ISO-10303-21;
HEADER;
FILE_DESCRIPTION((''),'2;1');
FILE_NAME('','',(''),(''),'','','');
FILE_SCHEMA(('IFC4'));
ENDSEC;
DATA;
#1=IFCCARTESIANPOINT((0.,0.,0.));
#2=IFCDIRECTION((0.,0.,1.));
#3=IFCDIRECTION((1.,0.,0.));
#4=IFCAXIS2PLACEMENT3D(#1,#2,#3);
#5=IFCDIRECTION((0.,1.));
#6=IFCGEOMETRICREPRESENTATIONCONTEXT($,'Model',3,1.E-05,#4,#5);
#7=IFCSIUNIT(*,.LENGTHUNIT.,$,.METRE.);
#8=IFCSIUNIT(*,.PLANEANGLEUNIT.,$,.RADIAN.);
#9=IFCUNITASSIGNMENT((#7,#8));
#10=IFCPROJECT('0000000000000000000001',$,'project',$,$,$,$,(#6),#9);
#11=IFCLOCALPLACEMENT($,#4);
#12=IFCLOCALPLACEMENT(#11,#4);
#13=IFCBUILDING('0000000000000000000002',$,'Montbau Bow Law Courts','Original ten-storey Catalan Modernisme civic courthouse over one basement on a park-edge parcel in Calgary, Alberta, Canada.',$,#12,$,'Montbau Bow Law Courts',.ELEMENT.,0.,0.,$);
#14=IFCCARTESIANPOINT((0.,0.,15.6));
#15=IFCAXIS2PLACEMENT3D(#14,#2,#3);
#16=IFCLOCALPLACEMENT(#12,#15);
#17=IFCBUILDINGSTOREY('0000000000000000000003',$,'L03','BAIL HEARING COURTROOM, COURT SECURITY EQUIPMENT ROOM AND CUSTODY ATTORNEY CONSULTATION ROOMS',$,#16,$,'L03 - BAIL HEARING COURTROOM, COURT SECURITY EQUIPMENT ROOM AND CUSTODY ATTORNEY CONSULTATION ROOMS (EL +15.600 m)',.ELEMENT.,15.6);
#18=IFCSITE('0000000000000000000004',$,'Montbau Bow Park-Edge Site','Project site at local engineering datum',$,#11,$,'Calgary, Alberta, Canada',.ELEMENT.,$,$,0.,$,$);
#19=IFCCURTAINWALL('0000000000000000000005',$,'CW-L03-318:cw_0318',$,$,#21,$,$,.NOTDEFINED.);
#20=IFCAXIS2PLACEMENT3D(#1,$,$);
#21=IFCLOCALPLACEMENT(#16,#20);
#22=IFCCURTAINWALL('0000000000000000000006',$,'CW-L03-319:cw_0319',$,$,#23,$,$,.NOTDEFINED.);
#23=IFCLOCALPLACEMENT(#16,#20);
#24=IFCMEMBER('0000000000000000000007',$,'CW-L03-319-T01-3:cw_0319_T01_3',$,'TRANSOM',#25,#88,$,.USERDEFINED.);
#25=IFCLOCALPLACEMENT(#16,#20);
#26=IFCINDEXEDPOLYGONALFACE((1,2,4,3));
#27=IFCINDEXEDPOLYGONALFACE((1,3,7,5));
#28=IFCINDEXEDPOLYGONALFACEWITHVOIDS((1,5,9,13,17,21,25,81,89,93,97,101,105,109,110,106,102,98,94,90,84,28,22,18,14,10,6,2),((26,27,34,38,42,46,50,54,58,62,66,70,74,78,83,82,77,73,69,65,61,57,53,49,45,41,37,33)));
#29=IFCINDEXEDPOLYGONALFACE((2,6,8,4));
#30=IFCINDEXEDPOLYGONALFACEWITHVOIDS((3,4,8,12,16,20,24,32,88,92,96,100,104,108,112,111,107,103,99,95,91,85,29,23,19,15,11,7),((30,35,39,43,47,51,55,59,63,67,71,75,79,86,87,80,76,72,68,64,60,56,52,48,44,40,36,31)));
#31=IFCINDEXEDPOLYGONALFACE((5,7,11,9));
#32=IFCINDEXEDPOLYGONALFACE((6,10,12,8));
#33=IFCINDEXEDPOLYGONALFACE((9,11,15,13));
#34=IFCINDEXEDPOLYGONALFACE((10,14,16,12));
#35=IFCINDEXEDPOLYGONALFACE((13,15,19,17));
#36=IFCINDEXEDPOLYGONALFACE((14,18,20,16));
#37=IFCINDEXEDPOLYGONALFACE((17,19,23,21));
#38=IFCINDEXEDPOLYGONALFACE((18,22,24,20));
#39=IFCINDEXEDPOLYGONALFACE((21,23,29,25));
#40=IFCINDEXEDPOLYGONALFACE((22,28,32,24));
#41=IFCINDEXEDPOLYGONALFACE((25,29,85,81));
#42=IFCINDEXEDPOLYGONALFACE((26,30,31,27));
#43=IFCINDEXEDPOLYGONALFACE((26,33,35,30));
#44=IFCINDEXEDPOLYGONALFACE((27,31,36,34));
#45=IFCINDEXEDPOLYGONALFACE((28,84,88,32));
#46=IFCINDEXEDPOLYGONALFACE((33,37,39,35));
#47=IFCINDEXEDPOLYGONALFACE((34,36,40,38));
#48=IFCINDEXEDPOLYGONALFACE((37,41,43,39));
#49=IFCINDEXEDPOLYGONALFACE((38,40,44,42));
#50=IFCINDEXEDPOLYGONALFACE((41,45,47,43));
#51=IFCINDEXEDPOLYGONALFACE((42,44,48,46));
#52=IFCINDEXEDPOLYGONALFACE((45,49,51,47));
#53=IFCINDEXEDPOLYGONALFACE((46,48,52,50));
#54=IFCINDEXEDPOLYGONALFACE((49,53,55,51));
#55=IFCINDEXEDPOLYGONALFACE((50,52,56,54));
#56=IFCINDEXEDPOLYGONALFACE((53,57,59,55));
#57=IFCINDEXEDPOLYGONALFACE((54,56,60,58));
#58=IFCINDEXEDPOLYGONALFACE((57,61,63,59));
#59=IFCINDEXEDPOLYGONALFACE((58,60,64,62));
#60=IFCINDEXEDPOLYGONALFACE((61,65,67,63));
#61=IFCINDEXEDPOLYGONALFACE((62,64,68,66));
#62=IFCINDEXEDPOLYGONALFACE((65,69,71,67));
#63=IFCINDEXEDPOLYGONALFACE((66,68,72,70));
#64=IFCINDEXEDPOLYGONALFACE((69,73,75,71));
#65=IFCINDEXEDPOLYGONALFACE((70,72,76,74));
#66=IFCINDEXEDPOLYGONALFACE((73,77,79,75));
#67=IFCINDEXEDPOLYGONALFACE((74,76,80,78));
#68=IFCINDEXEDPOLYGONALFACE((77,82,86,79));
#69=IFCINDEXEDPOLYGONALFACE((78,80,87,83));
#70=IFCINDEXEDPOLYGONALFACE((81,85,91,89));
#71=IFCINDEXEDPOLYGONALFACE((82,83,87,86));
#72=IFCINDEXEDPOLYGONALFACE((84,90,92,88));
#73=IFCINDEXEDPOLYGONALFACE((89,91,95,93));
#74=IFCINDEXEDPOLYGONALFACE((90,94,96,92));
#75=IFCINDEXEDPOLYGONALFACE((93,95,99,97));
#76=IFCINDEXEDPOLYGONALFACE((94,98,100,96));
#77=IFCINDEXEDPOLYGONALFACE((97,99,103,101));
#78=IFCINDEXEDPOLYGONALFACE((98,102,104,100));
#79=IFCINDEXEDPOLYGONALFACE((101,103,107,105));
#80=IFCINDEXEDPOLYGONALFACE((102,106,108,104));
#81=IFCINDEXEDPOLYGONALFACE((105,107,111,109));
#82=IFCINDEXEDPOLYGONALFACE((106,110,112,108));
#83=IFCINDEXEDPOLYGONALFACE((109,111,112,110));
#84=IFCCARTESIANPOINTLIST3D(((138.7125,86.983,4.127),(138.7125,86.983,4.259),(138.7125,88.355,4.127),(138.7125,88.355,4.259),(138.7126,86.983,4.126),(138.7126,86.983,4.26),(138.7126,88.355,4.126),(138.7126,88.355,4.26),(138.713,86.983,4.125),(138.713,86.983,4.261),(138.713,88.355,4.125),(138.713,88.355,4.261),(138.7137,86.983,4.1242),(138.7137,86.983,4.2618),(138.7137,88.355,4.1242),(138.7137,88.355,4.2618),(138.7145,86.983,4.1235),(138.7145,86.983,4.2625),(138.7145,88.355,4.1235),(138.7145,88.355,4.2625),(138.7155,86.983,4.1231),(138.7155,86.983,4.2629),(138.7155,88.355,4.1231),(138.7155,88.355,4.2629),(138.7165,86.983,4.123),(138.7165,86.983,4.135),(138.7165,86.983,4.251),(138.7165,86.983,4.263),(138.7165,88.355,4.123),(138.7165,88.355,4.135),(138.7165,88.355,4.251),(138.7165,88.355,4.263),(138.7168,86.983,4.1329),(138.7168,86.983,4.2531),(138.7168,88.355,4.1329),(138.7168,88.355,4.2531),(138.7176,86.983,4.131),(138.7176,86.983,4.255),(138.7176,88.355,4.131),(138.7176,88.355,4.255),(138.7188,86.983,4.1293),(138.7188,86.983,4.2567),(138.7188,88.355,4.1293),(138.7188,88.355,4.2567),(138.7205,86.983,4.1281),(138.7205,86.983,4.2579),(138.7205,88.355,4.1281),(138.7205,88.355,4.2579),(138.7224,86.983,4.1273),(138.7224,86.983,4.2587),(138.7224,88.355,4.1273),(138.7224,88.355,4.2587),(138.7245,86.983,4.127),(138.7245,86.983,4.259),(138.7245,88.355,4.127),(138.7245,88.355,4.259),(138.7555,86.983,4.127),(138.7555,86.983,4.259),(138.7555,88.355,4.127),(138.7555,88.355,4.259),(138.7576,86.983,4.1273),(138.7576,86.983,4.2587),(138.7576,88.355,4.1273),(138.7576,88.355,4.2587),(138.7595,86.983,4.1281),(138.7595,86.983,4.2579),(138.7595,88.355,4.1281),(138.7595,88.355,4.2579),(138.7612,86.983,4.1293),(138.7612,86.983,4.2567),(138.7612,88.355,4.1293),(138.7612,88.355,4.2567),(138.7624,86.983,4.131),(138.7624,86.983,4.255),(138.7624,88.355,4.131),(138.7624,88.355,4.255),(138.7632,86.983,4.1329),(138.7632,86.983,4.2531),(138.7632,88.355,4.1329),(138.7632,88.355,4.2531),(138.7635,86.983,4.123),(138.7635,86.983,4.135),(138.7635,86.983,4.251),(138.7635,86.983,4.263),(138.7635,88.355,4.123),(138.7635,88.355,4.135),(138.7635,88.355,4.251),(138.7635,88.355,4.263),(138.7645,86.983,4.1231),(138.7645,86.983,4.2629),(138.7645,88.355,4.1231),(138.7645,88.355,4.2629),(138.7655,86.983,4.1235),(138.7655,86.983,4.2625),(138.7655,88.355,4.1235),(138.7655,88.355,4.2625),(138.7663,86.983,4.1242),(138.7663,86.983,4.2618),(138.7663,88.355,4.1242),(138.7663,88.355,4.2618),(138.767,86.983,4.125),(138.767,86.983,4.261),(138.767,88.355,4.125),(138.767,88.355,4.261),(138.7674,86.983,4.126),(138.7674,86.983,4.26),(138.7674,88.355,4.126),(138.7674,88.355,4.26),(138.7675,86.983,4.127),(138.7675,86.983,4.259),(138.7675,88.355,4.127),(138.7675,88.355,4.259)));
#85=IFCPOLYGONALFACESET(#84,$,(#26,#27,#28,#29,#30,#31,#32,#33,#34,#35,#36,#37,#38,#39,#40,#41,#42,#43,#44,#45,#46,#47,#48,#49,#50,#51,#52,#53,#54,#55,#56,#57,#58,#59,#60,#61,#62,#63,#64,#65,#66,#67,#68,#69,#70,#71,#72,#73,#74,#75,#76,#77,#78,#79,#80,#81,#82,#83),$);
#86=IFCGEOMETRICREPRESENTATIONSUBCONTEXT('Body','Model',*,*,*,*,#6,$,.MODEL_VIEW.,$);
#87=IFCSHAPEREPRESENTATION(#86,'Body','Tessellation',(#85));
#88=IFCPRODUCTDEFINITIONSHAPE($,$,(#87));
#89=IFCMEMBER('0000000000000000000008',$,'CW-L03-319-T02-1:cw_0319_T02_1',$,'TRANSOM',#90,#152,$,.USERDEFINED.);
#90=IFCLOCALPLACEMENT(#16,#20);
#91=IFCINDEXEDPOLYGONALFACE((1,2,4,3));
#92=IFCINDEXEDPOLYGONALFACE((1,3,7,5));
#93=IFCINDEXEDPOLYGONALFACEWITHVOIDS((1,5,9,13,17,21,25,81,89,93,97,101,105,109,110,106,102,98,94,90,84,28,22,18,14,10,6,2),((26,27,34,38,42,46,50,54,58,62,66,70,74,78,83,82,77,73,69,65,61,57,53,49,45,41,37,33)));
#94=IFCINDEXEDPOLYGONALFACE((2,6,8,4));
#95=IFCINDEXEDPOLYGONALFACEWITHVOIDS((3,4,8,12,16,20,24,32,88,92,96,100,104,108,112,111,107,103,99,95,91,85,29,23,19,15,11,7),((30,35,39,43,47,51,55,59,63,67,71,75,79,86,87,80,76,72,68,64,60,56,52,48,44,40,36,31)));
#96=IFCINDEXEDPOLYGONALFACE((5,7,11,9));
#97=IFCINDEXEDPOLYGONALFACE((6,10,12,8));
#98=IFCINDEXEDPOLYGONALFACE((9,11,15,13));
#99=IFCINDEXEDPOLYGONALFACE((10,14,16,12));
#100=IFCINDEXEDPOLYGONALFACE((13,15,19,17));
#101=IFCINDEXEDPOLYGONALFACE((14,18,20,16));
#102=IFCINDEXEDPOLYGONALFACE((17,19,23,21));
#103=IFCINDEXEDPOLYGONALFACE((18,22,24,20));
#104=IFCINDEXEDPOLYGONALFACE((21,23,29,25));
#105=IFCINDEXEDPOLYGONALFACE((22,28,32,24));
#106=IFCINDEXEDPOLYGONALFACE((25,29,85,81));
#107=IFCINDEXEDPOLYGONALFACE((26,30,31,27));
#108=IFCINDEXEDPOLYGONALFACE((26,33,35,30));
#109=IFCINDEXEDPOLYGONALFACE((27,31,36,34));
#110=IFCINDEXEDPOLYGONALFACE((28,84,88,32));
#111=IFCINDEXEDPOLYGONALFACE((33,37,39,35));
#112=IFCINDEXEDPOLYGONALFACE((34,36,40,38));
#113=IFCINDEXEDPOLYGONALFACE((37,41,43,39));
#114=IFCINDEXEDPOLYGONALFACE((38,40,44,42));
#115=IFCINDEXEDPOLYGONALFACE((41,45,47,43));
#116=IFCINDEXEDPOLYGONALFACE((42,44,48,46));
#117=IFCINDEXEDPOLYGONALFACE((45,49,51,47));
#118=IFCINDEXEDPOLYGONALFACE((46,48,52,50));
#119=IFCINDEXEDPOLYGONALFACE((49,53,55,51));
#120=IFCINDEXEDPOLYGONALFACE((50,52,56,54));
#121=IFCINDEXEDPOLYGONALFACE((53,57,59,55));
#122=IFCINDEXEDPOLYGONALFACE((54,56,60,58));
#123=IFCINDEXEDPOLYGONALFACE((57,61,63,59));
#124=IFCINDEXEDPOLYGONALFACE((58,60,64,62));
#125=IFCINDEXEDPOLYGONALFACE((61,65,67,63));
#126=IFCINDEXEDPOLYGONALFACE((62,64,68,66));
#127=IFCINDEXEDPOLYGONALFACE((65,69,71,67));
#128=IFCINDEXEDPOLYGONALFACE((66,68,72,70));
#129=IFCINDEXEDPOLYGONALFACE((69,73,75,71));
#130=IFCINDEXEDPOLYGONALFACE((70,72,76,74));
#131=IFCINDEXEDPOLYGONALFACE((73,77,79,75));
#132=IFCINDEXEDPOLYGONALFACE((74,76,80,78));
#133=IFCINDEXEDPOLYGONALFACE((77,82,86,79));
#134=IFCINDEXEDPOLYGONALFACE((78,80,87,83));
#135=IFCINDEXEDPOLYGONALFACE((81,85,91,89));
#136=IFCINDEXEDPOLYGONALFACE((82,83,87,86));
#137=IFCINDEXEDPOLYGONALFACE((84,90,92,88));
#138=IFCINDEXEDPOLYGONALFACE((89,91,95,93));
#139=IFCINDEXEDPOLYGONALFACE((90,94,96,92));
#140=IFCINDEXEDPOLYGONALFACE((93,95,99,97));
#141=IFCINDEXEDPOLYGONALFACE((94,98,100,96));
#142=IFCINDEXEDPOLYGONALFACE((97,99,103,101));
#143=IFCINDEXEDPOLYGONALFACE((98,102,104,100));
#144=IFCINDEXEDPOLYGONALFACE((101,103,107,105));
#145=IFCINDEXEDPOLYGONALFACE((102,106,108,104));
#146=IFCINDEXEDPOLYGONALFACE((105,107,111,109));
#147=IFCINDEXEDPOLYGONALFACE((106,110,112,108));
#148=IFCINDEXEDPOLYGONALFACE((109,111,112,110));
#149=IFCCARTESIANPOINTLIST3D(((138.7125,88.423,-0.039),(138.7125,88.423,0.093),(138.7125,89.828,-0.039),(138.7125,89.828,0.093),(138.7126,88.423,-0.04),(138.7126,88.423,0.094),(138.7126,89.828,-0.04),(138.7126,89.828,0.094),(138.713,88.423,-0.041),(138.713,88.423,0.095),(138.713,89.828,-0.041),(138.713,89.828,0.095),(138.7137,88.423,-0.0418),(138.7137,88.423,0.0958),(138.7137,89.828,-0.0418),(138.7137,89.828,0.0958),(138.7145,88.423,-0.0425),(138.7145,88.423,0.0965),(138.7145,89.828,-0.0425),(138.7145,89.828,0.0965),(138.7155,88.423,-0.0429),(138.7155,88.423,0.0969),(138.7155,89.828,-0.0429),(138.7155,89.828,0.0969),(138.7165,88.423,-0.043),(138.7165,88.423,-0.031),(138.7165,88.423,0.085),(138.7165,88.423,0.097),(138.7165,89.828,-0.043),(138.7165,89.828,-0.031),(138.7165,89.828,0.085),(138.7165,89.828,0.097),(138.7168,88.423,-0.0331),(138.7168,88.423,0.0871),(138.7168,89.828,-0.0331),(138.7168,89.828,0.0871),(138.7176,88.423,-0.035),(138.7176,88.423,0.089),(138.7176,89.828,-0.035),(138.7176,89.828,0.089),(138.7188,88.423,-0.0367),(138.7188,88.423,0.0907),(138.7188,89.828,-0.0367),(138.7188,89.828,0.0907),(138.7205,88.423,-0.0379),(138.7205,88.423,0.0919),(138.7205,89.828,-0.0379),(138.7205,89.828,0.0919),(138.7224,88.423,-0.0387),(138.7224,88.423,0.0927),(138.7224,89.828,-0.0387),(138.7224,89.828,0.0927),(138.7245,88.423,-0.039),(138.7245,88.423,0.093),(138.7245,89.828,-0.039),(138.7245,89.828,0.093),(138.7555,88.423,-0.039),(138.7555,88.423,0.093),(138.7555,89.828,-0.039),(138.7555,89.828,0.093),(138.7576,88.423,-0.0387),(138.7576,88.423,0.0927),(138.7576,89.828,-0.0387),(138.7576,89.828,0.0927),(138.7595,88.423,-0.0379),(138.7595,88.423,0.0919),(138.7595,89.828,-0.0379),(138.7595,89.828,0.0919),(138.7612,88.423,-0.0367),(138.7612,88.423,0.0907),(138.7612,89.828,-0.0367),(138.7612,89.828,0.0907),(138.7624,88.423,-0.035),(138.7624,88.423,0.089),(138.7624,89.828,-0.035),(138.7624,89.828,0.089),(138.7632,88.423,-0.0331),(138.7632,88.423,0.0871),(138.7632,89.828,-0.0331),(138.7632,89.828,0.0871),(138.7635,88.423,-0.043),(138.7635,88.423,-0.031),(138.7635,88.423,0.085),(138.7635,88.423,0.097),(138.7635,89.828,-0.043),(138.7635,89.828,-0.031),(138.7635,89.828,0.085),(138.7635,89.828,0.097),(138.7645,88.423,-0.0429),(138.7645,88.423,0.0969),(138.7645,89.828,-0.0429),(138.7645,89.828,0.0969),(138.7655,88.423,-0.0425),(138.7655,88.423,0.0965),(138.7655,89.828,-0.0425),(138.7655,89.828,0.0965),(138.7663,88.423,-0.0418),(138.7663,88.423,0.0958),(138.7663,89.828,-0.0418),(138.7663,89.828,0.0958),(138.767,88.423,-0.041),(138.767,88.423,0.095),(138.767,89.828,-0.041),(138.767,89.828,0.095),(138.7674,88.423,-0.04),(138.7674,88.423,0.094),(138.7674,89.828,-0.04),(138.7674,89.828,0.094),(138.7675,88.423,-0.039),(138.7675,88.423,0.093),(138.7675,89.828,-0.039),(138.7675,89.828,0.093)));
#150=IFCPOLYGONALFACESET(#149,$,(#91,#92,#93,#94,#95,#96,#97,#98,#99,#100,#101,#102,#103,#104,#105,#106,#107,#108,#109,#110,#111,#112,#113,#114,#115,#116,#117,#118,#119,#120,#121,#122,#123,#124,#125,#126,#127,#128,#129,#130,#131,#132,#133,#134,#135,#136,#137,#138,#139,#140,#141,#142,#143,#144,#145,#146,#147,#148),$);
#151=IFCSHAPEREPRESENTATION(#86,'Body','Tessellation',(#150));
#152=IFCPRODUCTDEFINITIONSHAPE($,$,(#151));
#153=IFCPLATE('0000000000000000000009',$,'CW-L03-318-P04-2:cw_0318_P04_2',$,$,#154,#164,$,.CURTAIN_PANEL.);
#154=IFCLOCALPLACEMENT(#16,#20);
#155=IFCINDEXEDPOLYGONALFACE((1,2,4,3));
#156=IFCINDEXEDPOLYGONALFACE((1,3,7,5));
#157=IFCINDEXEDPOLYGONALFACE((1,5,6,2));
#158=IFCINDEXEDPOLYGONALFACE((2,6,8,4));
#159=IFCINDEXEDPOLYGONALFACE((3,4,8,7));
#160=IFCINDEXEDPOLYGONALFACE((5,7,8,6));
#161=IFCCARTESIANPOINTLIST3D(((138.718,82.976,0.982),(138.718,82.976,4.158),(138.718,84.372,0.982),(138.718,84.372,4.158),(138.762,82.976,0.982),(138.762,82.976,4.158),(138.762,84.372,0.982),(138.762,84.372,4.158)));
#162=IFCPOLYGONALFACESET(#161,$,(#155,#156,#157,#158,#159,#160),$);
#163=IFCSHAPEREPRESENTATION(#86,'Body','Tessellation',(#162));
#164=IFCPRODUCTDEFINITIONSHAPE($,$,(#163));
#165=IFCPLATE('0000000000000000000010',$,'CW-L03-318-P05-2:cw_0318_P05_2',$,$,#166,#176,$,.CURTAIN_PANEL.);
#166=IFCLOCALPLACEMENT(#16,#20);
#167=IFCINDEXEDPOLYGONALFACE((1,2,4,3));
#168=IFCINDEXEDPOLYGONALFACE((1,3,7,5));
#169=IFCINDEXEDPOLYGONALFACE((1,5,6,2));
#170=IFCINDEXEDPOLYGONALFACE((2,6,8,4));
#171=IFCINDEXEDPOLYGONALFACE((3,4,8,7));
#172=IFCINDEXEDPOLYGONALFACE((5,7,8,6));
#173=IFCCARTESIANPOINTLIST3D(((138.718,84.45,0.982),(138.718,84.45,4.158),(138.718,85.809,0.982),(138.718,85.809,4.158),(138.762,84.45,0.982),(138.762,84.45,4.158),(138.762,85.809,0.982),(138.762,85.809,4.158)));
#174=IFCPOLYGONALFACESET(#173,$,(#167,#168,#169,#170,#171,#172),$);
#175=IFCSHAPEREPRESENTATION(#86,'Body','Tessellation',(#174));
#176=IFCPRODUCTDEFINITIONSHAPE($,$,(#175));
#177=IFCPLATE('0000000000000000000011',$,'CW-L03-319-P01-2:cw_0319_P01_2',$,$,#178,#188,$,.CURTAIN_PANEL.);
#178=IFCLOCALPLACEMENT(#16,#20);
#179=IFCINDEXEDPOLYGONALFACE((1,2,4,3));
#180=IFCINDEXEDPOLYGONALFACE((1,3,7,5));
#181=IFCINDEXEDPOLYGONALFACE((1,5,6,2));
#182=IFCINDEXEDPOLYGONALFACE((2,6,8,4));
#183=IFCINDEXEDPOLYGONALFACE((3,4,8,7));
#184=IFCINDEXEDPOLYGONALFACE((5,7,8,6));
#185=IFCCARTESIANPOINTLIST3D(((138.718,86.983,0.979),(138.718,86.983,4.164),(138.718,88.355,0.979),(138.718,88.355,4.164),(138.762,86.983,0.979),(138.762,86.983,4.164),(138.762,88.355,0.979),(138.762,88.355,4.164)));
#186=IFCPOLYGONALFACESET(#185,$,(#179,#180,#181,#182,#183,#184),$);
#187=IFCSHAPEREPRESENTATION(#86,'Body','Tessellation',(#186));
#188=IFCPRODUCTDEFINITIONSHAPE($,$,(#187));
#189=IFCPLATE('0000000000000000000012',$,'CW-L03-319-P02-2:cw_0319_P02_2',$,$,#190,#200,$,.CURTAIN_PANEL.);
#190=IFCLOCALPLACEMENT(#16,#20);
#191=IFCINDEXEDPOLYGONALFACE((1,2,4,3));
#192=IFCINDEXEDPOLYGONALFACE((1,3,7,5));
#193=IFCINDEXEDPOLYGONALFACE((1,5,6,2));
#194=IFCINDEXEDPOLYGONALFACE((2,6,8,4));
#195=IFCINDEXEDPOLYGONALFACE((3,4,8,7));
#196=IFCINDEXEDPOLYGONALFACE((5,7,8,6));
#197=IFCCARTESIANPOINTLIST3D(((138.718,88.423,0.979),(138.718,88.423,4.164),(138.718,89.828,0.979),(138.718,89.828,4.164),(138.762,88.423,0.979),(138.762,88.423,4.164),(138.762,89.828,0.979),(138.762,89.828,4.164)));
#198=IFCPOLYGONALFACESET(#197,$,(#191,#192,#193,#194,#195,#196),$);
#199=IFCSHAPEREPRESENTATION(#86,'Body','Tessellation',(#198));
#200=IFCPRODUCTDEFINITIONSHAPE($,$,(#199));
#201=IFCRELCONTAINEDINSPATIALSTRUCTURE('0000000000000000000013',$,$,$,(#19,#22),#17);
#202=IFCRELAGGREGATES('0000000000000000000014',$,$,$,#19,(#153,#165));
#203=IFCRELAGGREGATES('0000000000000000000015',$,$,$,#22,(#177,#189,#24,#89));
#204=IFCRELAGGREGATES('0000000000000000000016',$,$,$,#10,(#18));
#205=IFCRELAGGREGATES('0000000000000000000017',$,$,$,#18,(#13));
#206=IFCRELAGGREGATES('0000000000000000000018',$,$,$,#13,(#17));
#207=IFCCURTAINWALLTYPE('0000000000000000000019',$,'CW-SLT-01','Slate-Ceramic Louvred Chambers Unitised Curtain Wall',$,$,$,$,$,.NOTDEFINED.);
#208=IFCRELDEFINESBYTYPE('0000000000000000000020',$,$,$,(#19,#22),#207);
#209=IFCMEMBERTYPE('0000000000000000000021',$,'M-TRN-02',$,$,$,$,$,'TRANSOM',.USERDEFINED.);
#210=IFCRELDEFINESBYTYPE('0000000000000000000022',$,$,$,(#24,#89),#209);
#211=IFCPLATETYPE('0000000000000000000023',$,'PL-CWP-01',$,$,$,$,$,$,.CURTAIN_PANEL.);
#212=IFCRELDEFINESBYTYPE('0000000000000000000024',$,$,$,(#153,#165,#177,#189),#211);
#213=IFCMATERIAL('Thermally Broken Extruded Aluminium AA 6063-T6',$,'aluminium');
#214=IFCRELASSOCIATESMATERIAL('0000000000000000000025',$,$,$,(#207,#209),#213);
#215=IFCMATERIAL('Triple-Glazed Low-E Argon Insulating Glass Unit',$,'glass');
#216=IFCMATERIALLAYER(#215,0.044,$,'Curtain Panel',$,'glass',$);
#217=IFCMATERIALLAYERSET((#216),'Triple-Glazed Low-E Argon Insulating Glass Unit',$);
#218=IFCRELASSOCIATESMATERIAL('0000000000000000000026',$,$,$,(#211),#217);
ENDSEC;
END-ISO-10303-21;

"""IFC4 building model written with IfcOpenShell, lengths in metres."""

from ifc_helpers import new_model, si_unit, direction, frame, frame_2d, origin_with_axes, origin_2d_with_axis, place, context, subcontext, project, spatial, rectangle, hollow_rectangle, extrude, material, layer, layer_set, material_profile, profile_set, type_object, element, aggregate, save


model = new_model("IFC4")

# Units and contexts
model_context = context("Model", 3, precision=1e-05, world=origin_with_axes(), true_north=direction((0.0, 1.0)))
body_context = subcontext(model_context, "Body", "Model", "MODEL_VIEW")
ifc_project = project(units=[si_unit("LENGTHUNIT", "METRE"), si_unit("PLANEANGLEUNIT", "RADIAN")], contexts=[model_context])

# Site, building, storey
site_placement = place(None, origin_with_axes())
site = spatial("IfcSite", under=ifc_project, at=site_placement, Name="Montbau Bow Park-Edge Site", Description="Project site at local engineering datum", LongName="Calgary, Alberta, Canada", CompositionType="ELEMENT", RefElevation=0.0)
building_placement = place(site_placement, origin_with_axes())
building = spatial("IfcBuilding", under=site, at=building_placement, Name="Montbau Bow Law Courts", Description="Original ten-storey Catalan Modernisme civic courthouse over one basement on a park-edge parcel in Calgary, Alberta, Canada.", LongName="Montbau Bow Law Courts", CompositionType="ELEMENT", ElevationOfRefHeight=0.0, ElevationOfTerrain=0.0)
storey_placement = place(building_placement, frame((0.0, 0.0, 15.6), z_axis=(0.0, 0.0, 1.0), x_axis=(1.0, 0.0, 0.0)))
storey = spatial("IfcBuildingStorey", under=building, at=storey_placement, Name="L03", Description="BAIL HEARING COURTROOM, COURT SECURITY EQUIPMENT ROOM AND CUSTODY ATTORNEY CONSULTATION ROOMS", LongName="L03 - BAIL HEARING COURTROOM, COURT SECURITY EQUIPMENT ROOM AND CUSTODY ATTORNEY CONSULTATION ROOMS (EL +15.600 m)", CompositionType="ELEMENT", Elevation=15.6)

# Curtain walls
ifc_material_1 = material(Name="Thermally Broken Extruded Aluminium AA 6063-T6", Category="aluminium")
curtain_wall_type = type_object("IfcCurtainWallType", Name="CW-SLT-01", Description="Slate-Ceramic Louvred Chambers Unitised Curtain Wall", PredefinedType="NOTDEFINED", material=ifc_material_1)
curtain_wall_1_placement = place(None, frame((138.74, 78.515, 15.6), z_axis=(0.0, 0.0, 1.0), x_axis=(1.0, 0.0, 0.0)))
curtain_wall_1 = element("IfcCurtainWall", 1, at=curtain_wall_1_placement, inside=storey, type_object=curtain_wall_type, Name="CW-L03-318:cw_0318", PredefinedType="NOTDEFINED")
curtain_wall_2_placement = place(None, frame((138.74, 86.915, 15.6), z_axis=(0.0, 0.0, 1.0), x_axis=(1.0, 0.0, 0.0)))
curtain_wall_2 = element("IfcCurtainWall", 2, at=curtain_wall_2_placement, inside=storey, type_object=curtain_wall_type, Name="CW-L03-319:cw_0319", PredefinedType="NOTDEFINED")

# Members
ifc_material_profile_1 = material_profile(ifc_material_1, hollow_rectangle(XDim=0.055, YDim=0.14, WallThickness=0.004, InnerFilletRadius=0.008, OuterFilletRadius=0.004, at=origin_2d_with_axis()), Name="CWT-140X55", Category="Main", Priority=0)
ifc_profile_set_1 = profile_set([ifc_material_profile_1], Name="Thermally Broken Extruded Aluminium AA 6063-T6")
member_type_1 = type_object("IfcMemberType", Name="M-TRN-02", ElementType="TRANSOM", PredefinedType="USERDEFINED", material=ifc_profile_set_1)
member_1_placement = place(None, frame((138.74, 86.983, 19.793), z_axis=(0.0, 1.0, 0.0), x_axis=(-1.0, 0.0, 0.0)))
member_1 = element("IfcMember", 3, at=member_1_placement, type_object=member_type_1, Name="CW-L03-319-T01-3:cw_0319_T01_3", ObjectType="TRANSOM", PredefinedType="USERDEFINED", context=body_context, shape_type="SweptSolid", body=[
    extrude(hollow_rectangle(XDim=0.055, YDim=0.14, WallThickness=0.004, InnerFilletRadius=0.008, OuterFilletRadius=0.004, at=origin_2d_with_axis()), origin_with_axes(), (0.0, 0.0, 1.0), 1.372),
])
member_2_placement = place(None, frame((138.74, 88.423, 15.627), z_axis=(0.0, 1.0, 0.0), x_axis=(-1.0, 0.0, 0.0)))
member_2 = element("IfcMember", 4, at=member_2_placement, type_object=member_type_1, Name="CW-L03-319-T02-1:cw_0319_T02_1", ObjectType="TRANSOM", PredefinedType="USERDEFINED", context=body_context, shape_type="SweptSolid", body=[
    extrude(hollow_rectangle(XDim=0.055, YDim=0.14, WallThickness=0.004, InnerFilletRadius=0.008, OuterFilletRadius=0.004, at=origin_2d_with_axis()), origin_with_axes(), (0.0, 0.0, 1.0), 1.405),
])

# Plates
ifc_material_2 = material(Name="Triple-Glazed Low-E Argon Insulating Glass Unit", Category="glass")
ifc_layer_1 = layer(ifc_material_2, 0.044, Name="Curtain Panel", Category="glass")
ifc_layer_set_1 = layer_set([ifc_layer_1], Name="Triple-Glazed Low-E Argon Insulating Glass Unit")
plate_type_1 = type_object("IfcPlateType", Name="PL-CWP-01", PredefinedType="CURTAIN_PANEL", material=ifc_layer_set_1)
plate_1_placement = place(None, frame((138.74, 82.976, 16.582), z_axis=(1.0, 0.0, 0.0), x_axis=(0.0, 1.0, 0.0)))
plate_1 = element("IfcPlate", 5, at=plate_1_placement, type_object=plate_type_1, Name="CW-L03-318-P04-2:cw_0318_P04_2", PredefinedType="CURTAIN_PANEL", context=body_context, shape_type="SweptSolid", body=[
    extrude(rectangle(XDim=1.396, YDim=3.176, at=frame_2d((0.698, 1.588), x_axis=(1.0, 0.0))), frame((0.0, 0.0, -0.022), z_axis=(0.0, 0.0, 1.0), x_axis=(1.0, 0.0, 0.0)), (0.0, 0.0, 1.0), 0.044),
])
plate_2_placement = place(None, frame((138.74, 84.45, 16.582), z_axis=(1.0, 0.0, 0.0), x_axis=(0.0, 1.0, 0.0)))
plate_2 = element("IfcPlate", 6, at=plate_2_placement, type_object=plate_type_1, Name="CW-L03-318-P05-2:cw_0318_P05_2", PredefinedType="CURTAIN_PANEL", context=body_context, shape_type="SweptSolid", body=[
    extrude(rectangle(XDim=1.359, YDim=3.176, at=frame_2d((0.6795, 1.588), x_axis=(1.0, 0.0))), frame((0.0, 0.0, -0.022), z_axis=(0.0, 0.0, 1.0), x_axis=(1.0, 0.0, 0.0)), (0.0, 0.0, 1.0), 0.044),
])
plate_3_placement = place(None, frame((138.74, 86.983, 16.579), z_axis=(1.0, 0.0, 0.0), x_axis=(0.0, 1.0, 0.0)))
plate_3 = element("IfcPlate", 7, at=plate_3_placement, type_object=plate_type_1, Name="CW-L03-319-P01-2:cw_0319_P01_2", PredefinedType="CURTAIN_PANEL", context=body_context, shape_type="SweptSolid", body=[
    extrude(rectangle(XDim=1.372, YDim=3.185, at=frame_2d((0.686, 1.5925), x_axis=(1.0, 0.0))), frame((0.0, 0.0, -0.022), z_axis=(0.0, 0.0, 1.0), x_axis=(1.0, 0.0, 0.0)), (0.0, 0.0, 1.0), 0.044),
])
plate_4_placement = place(None, frame((138.74, 88.423, 16.579), z_axis=(1.0, 0.0, 0.0), x_axis=(0.0, 1.0, 0.0)))
plate_4 = element("IfcPlate", 8, at=plate_4_placement, type_object=plate_type_1, Name="CW-L03-319-P02-2:cw_0319_P02_2", PredefinedType="CURTAIN_PANEL", context=body_context, shape_type="SweptSolid", body=[
    extrude(rectangle(XDim=1.405, YDim=3.185, at=frame_2d((0.7025, 1.5925), x_axis=(1.0, 0.0))), frame((0.0, 0.0, -0.022), z_axis=(0.0, 0.0, 1.0), x_axis=(1.0, 0.0, 0.0)), (0.0, 0.0, 1.0), 0.044),
])
aggregate(curtain_wall_1, [plate_1, plate_2])
aggregate(curtain_wall_2, [plate_3, plate_4, member_1, member_2])

save(model, "model.ifc")
